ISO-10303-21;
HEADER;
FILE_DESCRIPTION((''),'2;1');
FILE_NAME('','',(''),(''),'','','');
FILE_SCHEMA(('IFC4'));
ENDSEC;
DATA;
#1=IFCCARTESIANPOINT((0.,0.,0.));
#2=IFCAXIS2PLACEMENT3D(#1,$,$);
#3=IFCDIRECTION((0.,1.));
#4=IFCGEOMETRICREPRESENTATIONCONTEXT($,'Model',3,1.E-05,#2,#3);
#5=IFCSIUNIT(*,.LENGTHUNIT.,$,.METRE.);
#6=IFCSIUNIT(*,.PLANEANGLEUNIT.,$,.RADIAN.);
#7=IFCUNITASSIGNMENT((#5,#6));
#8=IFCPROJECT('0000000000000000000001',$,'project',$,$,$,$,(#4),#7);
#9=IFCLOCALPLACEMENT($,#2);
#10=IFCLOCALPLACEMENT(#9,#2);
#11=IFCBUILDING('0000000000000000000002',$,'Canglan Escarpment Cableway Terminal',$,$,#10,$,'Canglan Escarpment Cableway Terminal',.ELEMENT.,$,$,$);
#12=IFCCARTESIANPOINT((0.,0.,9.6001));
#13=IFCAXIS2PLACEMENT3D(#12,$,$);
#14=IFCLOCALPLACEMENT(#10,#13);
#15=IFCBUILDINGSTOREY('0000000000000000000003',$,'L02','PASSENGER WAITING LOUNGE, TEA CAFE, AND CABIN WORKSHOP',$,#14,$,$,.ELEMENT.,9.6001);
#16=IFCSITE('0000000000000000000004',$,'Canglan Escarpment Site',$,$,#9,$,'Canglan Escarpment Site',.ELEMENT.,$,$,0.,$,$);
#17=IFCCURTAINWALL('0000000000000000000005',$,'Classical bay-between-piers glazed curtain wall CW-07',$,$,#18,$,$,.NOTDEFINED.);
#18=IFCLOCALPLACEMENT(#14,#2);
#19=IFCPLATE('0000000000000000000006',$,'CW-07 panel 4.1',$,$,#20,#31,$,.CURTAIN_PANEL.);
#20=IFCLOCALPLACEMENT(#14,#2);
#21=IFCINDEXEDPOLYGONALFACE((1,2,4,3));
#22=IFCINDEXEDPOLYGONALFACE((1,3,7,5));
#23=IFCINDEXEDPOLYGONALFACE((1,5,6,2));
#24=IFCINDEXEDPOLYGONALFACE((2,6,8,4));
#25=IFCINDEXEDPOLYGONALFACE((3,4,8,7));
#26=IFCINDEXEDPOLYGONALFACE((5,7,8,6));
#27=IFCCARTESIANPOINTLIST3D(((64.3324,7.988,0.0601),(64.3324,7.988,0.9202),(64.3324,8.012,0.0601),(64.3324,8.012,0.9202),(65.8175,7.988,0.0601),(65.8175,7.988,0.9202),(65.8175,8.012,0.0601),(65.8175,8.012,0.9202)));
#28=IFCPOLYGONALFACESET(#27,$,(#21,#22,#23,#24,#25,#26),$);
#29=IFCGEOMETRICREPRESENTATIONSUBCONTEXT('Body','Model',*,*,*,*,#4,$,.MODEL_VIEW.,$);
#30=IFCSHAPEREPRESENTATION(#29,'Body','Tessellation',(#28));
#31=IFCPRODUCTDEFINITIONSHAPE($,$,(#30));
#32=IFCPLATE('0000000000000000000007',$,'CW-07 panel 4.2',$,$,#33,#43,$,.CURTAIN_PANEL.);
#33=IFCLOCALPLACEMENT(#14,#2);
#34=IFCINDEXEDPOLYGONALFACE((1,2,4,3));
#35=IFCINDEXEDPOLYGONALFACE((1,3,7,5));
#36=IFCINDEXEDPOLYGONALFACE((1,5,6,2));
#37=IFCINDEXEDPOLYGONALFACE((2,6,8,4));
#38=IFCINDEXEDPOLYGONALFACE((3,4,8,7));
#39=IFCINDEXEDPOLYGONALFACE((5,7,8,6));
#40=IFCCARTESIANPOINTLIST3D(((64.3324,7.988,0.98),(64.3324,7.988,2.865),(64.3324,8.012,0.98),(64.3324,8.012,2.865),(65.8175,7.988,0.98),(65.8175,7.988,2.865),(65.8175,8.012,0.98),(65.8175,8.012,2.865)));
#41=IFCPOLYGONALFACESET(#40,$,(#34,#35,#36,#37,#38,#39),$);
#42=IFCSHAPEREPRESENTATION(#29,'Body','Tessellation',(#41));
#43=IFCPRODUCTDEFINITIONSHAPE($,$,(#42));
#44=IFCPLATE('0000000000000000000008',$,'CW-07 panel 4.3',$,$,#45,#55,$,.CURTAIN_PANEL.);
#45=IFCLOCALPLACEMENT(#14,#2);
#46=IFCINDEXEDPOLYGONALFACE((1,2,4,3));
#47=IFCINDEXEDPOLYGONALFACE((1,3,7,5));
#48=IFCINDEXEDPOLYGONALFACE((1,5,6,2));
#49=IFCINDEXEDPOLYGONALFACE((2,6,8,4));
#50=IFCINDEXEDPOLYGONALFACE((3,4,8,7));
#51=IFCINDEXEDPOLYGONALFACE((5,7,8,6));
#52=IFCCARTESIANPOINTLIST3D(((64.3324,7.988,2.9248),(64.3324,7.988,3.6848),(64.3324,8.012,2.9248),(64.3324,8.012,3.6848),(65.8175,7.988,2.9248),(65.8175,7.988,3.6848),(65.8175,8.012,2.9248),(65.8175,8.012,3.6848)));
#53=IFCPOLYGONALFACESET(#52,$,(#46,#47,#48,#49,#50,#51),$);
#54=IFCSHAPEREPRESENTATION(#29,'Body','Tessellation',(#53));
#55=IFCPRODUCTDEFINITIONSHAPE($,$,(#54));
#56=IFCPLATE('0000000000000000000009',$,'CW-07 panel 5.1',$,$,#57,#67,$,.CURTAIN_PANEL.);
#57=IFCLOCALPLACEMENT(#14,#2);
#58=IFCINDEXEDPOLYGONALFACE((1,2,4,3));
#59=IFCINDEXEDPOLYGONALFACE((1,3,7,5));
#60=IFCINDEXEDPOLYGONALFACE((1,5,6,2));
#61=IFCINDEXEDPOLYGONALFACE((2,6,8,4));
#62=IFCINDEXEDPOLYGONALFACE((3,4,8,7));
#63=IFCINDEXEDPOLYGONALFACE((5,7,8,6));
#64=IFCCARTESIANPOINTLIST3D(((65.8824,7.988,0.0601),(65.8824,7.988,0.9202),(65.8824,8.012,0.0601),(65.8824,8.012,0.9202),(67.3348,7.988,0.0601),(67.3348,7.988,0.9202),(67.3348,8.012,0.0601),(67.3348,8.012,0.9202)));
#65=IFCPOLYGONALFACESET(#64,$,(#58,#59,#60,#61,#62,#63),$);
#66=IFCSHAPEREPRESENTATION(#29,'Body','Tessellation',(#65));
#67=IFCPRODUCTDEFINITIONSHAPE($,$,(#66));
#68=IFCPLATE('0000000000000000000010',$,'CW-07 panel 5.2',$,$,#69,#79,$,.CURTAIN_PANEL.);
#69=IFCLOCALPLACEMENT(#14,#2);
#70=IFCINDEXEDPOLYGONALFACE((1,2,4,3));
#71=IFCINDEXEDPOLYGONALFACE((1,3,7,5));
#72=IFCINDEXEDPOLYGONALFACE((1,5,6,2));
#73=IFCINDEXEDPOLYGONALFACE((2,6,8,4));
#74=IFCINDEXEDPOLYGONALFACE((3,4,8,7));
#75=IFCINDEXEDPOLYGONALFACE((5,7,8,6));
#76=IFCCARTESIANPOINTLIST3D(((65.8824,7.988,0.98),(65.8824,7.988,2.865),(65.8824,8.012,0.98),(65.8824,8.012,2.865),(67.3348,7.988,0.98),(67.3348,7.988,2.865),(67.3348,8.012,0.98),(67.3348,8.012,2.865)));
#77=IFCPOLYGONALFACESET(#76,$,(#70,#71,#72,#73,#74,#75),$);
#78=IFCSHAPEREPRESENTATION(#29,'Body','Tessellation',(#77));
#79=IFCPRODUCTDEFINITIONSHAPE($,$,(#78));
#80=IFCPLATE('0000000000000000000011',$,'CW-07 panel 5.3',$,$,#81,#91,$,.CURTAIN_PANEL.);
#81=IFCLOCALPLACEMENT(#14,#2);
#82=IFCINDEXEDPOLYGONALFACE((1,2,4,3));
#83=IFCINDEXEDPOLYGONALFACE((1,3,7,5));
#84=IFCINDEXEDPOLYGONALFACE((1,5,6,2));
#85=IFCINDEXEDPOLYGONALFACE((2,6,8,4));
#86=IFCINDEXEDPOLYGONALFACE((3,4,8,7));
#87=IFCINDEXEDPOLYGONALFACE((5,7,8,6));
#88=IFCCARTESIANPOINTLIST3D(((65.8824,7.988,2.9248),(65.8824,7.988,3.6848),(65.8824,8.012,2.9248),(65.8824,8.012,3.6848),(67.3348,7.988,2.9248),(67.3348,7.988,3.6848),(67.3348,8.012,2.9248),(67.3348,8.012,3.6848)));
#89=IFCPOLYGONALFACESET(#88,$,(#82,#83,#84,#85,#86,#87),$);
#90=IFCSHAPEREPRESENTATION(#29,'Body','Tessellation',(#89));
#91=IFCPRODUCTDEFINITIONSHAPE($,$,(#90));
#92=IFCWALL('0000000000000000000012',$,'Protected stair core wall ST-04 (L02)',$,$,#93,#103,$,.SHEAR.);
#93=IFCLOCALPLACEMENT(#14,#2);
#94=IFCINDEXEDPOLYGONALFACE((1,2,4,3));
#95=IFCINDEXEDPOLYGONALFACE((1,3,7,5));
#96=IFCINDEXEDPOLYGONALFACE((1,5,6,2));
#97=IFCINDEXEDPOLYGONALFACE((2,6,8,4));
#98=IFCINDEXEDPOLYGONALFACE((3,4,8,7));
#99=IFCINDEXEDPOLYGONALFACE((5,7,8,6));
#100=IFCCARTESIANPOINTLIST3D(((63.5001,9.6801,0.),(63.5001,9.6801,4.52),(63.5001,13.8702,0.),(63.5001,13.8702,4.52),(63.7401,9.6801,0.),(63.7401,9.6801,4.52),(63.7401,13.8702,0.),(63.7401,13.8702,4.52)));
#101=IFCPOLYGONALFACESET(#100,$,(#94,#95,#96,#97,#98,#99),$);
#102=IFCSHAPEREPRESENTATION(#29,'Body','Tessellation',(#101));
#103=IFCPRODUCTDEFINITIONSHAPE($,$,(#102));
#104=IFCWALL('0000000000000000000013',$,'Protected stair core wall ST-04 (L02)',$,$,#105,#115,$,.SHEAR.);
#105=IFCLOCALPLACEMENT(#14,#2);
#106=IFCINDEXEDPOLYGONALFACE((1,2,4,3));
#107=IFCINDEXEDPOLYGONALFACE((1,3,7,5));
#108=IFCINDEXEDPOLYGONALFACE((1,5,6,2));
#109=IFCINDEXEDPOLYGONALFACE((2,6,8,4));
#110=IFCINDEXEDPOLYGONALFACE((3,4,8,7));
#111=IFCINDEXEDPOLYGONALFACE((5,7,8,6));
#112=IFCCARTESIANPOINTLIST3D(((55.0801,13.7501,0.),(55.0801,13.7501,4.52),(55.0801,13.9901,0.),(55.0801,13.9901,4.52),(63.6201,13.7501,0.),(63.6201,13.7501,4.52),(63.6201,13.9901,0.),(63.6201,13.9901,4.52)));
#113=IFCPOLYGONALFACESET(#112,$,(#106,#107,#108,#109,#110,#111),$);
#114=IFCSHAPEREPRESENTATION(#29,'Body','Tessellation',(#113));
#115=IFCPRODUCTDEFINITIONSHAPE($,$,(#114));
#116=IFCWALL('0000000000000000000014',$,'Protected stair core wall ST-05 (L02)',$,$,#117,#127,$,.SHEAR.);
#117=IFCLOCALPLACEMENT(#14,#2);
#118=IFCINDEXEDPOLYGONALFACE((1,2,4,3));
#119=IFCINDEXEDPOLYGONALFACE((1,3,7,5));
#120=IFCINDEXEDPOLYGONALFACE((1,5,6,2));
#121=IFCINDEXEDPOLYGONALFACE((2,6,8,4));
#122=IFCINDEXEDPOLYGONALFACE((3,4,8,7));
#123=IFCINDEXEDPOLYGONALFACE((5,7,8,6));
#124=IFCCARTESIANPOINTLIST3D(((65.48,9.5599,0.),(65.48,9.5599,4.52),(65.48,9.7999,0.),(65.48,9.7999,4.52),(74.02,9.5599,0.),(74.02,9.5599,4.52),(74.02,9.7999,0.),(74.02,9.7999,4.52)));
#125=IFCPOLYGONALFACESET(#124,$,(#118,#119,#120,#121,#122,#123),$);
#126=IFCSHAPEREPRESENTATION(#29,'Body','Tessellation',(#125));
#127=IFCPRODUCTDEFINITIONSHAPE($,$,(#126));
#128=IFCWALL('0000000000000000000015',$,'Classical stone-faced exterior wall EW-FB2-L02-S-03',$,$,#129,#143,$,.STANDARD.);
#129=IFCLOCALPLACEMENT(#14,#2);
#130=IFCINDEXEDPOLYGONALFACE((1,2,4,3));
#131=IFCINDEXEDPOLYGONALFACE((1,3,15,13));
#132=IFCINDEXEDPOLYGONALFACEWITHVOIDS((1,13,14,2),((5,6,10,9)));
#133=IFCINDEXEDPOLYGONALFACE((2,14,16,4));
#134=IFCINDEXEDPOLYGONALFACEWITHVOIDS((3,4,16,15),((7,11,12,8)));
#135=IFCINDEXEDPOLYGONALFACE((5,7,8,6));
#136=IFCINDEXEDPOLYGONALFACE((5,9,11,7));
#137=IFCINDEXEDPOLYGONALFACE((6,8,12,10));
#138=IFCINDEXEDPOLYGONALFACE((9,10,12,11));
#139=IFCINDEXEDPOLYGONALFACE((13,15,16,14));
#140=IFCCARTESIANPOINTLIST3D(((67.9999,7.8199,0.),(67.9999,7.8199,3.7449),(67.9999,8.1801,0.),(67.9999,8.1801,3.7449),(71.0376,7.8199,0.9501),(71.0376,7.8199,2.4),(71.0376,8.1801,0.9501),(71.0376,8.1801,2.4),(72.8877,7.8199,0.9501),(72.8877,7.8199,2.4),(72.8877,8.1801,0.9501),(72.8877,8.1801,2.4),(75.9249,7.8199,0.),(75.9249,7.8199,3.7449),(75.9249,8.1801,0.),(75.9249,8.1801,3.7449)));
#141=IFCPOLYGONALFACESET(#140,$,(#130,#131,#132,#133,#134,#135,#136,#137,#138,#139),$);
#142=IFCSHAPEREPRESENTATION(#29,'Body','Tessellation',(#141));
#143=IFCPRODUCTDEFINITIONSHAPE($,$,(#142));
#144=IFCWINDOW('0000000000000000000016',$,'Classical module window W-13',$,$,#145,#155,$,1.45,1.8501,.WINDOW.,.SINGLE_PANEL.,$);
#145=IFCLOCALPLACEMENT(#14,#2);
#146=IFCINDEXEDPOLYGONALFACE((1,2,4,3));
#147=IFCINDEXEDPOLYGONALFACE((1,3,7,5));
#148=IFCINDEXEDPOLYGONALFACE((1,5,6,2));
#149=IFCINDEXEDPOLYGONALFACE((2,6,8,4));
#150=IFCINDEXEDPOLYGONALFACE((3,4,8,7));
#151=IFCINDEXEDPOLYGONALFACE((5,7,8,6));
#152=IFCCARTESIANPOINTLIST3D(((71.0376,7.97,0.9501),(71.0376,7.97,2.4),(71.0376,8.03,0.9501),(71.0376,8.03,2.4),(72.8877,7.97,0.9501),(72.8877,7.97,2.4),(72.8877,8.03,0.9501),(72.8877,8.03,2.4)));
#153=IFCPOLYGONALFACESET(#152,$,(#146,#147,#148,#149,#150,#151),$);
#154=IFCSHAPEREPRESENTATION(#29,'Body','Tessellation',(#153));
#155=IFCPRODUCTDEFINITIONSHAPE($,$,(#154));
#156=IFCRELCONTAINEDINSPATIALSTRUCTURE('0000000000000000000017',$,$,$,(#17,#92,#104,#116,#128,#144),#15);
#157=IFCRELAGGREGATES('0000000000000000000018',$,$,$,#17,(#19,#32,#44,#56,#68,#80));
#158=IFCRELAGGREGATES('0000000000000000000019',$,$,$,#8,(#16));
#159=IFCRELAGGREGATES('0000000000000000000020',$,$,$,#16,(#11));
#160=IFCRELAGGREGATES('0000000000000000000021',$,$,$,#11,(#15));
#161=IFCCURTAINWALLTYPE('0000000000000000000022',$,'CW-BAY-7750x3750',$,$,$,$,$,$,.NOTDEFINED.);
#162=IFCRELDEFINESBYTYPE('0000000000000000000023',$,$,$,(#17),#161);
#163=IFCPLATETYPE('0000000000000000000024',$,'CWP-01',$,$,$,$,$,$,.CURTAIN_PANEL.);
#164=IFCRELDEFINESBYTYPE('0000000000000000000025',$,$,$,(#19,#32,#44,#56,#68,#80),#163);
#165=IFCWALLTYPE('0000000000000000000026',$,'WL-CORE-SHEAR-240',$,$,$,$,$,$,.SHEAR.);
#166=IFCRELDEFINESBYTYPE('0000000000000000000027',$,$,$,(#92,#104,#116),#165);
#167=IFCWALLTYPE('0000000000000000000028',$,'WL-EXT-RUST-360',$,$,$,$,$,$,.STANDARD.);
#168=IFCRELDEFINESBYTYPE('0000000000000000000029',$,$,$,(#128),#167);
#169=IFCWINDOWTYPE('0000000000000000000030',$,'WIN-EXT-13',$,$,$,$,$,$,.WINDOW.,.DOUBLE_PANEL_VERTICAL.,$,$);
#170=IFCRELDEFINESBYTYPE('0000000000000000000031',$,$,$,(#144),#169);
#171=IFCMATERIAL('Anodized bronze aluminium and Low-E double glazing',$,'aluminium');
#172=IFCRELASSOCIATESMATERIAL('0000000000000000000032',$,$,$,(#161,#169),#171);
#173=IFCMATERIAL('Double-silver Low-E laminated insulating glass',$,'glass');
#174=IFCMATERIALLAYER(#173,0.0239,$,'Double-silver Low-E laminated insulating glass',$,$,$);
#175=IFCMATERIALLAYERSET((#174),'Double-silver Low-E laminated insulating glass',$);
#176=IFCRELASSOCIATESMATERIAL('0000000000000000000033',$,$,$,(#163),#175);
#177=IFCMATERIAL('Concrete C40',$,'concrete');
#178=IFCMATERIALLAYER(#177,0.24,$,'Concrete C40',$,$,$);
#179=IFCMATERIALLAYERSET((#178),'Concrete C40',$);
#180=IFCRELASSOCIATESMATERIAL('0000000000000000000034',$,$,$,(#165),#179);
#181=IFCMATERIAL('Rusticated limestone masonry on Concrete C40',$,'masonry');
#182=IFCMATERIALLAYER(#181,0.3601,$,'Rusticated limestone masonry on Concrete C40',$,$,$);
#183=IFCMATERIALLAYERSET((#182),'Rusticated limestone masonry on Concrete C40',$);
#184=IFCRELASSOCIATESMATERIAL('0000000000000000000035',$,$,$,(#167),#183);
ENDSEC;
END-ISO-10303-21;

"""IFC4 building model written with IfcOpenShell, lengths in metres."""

from ifc_helpers import new_model, si_unit, direction, frame, frame_2d, origin, origin_2d, place, context, subcontext, project, spatial, rectangle, extrude, material, layer, layer_set, type_object, element, fill, aggregate, save


model = new_model("IFC4")

# Units and contexts
model_context = context("Model", 3, precision=1e-05, world=origin(), true_north=direction((0.0, 1.0)))
body_context = subcontext(model_context, "Body", "Model", "MODEL_VIEW")
ifc_project = project(units=[si_unit("LENGTHUNIT", "METRE"), si_unit("PLANEANGLEUNIT", "RADIAN")], contexts=[model_context])

# Site, building, storey
site_placement = place(None, origin())
site = spatial("IfcSite", under=ifc_project, at=site_placement, Name="Canglan Escarpment Site", LongName="Canglan Escarpment Site", CompositionType="ELEMENT", RefElevation=0.0)
building_placement = place(site_placement, origin())
building = spatial("IfcBuilding", under=site, at=building_placement, Name="Canglan Escarpment Cableway Terminal", LongName="Canglan Escarpment Cableway Terminal", CompositionType="ELEMENT")
storey_placement = place(building_placement, frame((0.0, 0.0, 9.6001)))
storey = spatial("IfcBuildingStorey", under=building, at=storey_placement, Name="L02", Description="PASSENGER WAITING LOUNGE, TEA CAFE, AND CABIN WORKSHOP", CompositionType="ELEMENT", Elevation=9.6001)

# Shared definitions
ifc_material_1 = material(Name="Concrete C40", Category="concrete")

# Curtain wall
ifc_material_2 = material(Name="Anodized bronze aluminium and Low-E double glazing", Category="aluminium")
curtain_wall_type = type_object("IfcCurtainWallType", Name="CW-BAY-7750x3750", PredefinedType="NOTDEFINED", material=ifc_material_2)
curtain_wall_placement = place(storey_placement, origin())
curtain_wall = element("IfcCurtainWall", 1, at=curtain_wall_placement, inside=storey, type_object=curtain_wall_type, Name="Classical bay-between-piers glazed curtain wall CW-07", PredefinedType="NOTDEFINED")

# Plates
ifc_material_3 = material(Name="Double-silver Low-E laminated insulating glass", Category="glass")
ifc_layer_1 = layer(ifc_material_3, 0.0239, Name="Double-silver Low-E laminated insulating glass")
ifc_layer_set_1 = layer_set([ifc_layer_1], Name="Double-silver Low-E laminated insulating glass")
plate_type = type_object("IfcPlateType", Name="CWP-01", PredefinedType="CURTAIN_PANEL", material=ifc_layer_set_1)
plate_1_placement = place(storey_placement, frame((65.075, 8.0, 0.0601), z_axis=(0.0, 0.0, 1.0), x_axis=(1.0, 0.0, 0.0)))
plate_1 = element("IfcPlate", 2, at=plate_1_placement, type_object=plate_type, Name="CW-07 panel 4.1", PredefinedType="CURTAIN_PANEL", context=body_context, shape_type="SweptSolid", body=[
    extrude(rectangle(XDim=1.4851, YDim=0.0239, at=origin_2d()), origin(), (0.0, 0.0, 1.0), 0.8601),
])
plate_2_placement = place(storey_placement, frame((65.075, 8.0, 0.98), z_axis=(0.0, 0.0, 1.0), x_axis=(1.0, 0.0, 0.0)))
plate_2 = element("IfcPlate", 3, at=plate_2_placement, type_object=plate_type, Name="CW-07 panel 4.2", PredefinedType="CURTAIN_PANEL", context=body_context, shape_type="SweptSolid", body=[
    extrude(rectangle(XDim=1.4851, YDim=0.0239, at=origin_2d()), origin(), (0.0, 0.0, 1.0), 1.885),
])
plate_3_placement = place(storey_placement, frame((65.075, 8.0, 2.9248), z_axis=(0.0, 0.0, 1.0), x_axis=(1.0, 0.0, 0.0)))
plate_3 = element("IfcPlate", 4, at=plate_3_placement, type_object=plate_type, Name="CW-07 panel 4.3", PredefinedType="CURTAIN_PANEL", context=body_context, shape_type="SweptSolid", body=[
    extrude(rectangle(XDim=1.4851, YDim=0.0239, at=origin_2d()), origin(), (0.0, 0.0, 1.0), 0.76),
])
plate_4_placement = place(storey_placement, frame((66.6086, 8.0, 0.0601), z_axis=(0.0, 0.0, 1.0), x_axis=(1.0, 0.0, 0.0)))
plate_4 = element("IfcPlate", 5, at=plate_4_placement, type_object=plate_type, Name="CW-07 panel 5.1", PredefinedType="CURTAIN_PANEL", context=body_context, shape_type="SweptSolid", body=[
    extrude(rectangle(XDim=1.4524, YDim=0.0239, at=origin_2d()), origin(), (0.0, 0.0, 1.0), 0.8601),
])
plate_5_placement = place(storey_placement, frame((66.6086, 8.0, 0.98), z_axis=(0.0, 0.0, 1.0), x_axis=(1.0, 0.0, 0.0)))
plate_5 = element("IfcPlate", 6, at=plate_5_placement, type_object=plate_type, Name="CW-07 panel 5.2", PredefinedType="CURTAIN_PANEL", context=body_context, shape_type="SweptSolid", body=[
    extrude(rectangle(XDim=1.4524, YDim=0.0239, at=origin_2d()), origin(), (0.0, 0.0, 1.0), 1.885),
])
plate_6_placement = place(storey_placement, frame((66.6086, 8.0, 2.9248), z_axis=(0.0, 0.0, 1.0), x_axis=(1.0, 0.0, 0.0)))
plate_6 = element("IfcPlate", 7, at=plate_6_placement, type_object=plate_type, Name="CW-07 panel 5.3", PredefinedType="CURTAIN_PANEL", context=body_context, shape_type="SweptSolid", body=[
    extrude(rectangle(XDim=1.4524, YDim=0.0239, at=origin_2d()), origin(), (0.0, 0.0, 1.0), 0.76),
])
aggregate(curtain_wall, [plate_1, plate_2, plate_3, plate_4, plate_5, plate_6])

# Walls
ifc_layer_2 = layer(ifc_material_1, 0.24, Name="Concrete C40")
ifc_layer_set_2 = layer_set([ifc_layer_2], Name="Concrete C40")
wall_type_1 = type_object("IfcWallType", Name="WL-CORE-SHEAR-240", PredefinedType="SHEAR", material=ifc_layer_set_2)
wall_1_placement = place(storey_placement, frame((63.6201, 9.6799, 0.0), z_axis=(0.0, 0.0, 1.0), x_axis=(0.0, 1.0, 0.0)))
element("IfcWall", 8, at=wall_1_placement, inside=storey, type_object=wall_type_1, Name="Protected stair core wall ST-04 (L02)", PredefinedType="SHEAR", context=body_context, shape_type="SweptSolid", body=[
    extrude(rectangle(XDim=4.1902, YDim=0.24, at=frame_2d((2.0952, 0.0))), origin(), (0.0, 0.0, 1.0), 4.52),
])
for number, where, z_axis, x_axis, name in (
    (9, (63.6201, 13.8701, 0.0), (0.0, 0.0, 1.0), (-1.0, 0.0, 0.0), "Protected stair core wall ST-04 (L02)"),
    (10, (65.48, 9.6799, 0.0), (0.0, 0.0, 1.0), (1.0, 0.0, 0.0), "Protected stair core wall ST-05 (L02)"),
):
    element("IfcWall", number, at=place(storey_placement, frame(where, z_axis=z_axis, x_axis=x_axis)), inside=storey, type_object=wall_type_1, Name=name, PredefinedType="SHEAR", context=body_context, shape_type="SweptSolid", body=[
        extrude(rectangle(XDim=8.54, YDim=0.24, at=frame_2d((4.27, 0.0))), origin(), (0.0, 0.0, 1.0), 4.52),
    ])

# Wall, opening, window
ifc_material_4 = material(Name="Rusticated limestone masonry on Concrete C40", Category="masonry")
ifc_layer_3 = layer(ifc_material_4, 0.3601, Name="Rusticated limestone masonry on Concrete C40")
ifc_layer_set_3 = layer_set([ifc_layer_3], Name="Rusticated limestone masonry on Concrete C40")
wall_type_2 = type_object("IfcWallType", Name="WL-EXT-RUST-360", PredefinedType="STANDARD", material=ifc_layer_set_3)
wall_2_placement = place(storey_placement, frame((68.0, 8.0, 0.0), z_axis=(0.0, 0.0, 1.0), x_axis=(1.0, 0.0, 0.0)))
wall_2 = element("IfcWall", 11, at=wall_2_placement, inside=storey, type_object=wall_type_2, Name="Classical stone-faced exterior wall EW-FB2-L02-S-03", PredefinedType="STANDARD", context=body_context, shape_type="SweptSolid", body=[
    extrude(rectangle(XDim=7.925, YDim=0.3601, at=frame_2d((3.9624, 0.0))), origin(), (0.0, 0.0, 1.0), 3.7449),
])
opening_placement = place(wall_2_placement, frame((3.0376, 0.0, 0.95)))
opening = element("IfcOpeningElement", 12, at=opening_placement, cuts=wall_2, PredefinedType="OPENING", context=body_context, shape_type="SweptSolid", body=[
    extrude(rectangle(XDim=1.8501, YDim=1.45, at=frame_2d((0.925, 0.7251))), frame((0.0, 0.1899, 0.0), z_axis=(0.0, -1.0, 0.0), x_axis=(1.0, 0.0, 0.0)), (0.0, 0.0, 1.0), 0.3801),
])
window_type = type_object("IfcWindowType", Name="WIN-EXT-13", PartitioningType="DOUBLE_PANEL_VERTICAL", PredefinedType="WINDOW", material=ifc_material_2)
window_placement = place(opening_placement, origin())
window = element("IfcWindow", 13, at=window_placement, inside=storey, type_object=window_type, Name="Classical module window W-13", OverallHeight=1.45, OverallWidth=1.8501, PartitioningType="SINGLE_PANEL", PredefinedType="WINDOW", context=body_context, shape_type="SweptSolid", body=[
    extrude(rectangle(XDim=1.8501, YDim=1.45, at=frame_2d((0.925, 0.7251))), frame((0.0, 0.03, 0.0), z_axis=(0.0, -1.0, 0.0), x_axis=(1.0, 0.0, 0.0)), (0.0, 0.0, 1.0), 0.0601),
])
fill(opening, window)

save(model, "model.ifc")
